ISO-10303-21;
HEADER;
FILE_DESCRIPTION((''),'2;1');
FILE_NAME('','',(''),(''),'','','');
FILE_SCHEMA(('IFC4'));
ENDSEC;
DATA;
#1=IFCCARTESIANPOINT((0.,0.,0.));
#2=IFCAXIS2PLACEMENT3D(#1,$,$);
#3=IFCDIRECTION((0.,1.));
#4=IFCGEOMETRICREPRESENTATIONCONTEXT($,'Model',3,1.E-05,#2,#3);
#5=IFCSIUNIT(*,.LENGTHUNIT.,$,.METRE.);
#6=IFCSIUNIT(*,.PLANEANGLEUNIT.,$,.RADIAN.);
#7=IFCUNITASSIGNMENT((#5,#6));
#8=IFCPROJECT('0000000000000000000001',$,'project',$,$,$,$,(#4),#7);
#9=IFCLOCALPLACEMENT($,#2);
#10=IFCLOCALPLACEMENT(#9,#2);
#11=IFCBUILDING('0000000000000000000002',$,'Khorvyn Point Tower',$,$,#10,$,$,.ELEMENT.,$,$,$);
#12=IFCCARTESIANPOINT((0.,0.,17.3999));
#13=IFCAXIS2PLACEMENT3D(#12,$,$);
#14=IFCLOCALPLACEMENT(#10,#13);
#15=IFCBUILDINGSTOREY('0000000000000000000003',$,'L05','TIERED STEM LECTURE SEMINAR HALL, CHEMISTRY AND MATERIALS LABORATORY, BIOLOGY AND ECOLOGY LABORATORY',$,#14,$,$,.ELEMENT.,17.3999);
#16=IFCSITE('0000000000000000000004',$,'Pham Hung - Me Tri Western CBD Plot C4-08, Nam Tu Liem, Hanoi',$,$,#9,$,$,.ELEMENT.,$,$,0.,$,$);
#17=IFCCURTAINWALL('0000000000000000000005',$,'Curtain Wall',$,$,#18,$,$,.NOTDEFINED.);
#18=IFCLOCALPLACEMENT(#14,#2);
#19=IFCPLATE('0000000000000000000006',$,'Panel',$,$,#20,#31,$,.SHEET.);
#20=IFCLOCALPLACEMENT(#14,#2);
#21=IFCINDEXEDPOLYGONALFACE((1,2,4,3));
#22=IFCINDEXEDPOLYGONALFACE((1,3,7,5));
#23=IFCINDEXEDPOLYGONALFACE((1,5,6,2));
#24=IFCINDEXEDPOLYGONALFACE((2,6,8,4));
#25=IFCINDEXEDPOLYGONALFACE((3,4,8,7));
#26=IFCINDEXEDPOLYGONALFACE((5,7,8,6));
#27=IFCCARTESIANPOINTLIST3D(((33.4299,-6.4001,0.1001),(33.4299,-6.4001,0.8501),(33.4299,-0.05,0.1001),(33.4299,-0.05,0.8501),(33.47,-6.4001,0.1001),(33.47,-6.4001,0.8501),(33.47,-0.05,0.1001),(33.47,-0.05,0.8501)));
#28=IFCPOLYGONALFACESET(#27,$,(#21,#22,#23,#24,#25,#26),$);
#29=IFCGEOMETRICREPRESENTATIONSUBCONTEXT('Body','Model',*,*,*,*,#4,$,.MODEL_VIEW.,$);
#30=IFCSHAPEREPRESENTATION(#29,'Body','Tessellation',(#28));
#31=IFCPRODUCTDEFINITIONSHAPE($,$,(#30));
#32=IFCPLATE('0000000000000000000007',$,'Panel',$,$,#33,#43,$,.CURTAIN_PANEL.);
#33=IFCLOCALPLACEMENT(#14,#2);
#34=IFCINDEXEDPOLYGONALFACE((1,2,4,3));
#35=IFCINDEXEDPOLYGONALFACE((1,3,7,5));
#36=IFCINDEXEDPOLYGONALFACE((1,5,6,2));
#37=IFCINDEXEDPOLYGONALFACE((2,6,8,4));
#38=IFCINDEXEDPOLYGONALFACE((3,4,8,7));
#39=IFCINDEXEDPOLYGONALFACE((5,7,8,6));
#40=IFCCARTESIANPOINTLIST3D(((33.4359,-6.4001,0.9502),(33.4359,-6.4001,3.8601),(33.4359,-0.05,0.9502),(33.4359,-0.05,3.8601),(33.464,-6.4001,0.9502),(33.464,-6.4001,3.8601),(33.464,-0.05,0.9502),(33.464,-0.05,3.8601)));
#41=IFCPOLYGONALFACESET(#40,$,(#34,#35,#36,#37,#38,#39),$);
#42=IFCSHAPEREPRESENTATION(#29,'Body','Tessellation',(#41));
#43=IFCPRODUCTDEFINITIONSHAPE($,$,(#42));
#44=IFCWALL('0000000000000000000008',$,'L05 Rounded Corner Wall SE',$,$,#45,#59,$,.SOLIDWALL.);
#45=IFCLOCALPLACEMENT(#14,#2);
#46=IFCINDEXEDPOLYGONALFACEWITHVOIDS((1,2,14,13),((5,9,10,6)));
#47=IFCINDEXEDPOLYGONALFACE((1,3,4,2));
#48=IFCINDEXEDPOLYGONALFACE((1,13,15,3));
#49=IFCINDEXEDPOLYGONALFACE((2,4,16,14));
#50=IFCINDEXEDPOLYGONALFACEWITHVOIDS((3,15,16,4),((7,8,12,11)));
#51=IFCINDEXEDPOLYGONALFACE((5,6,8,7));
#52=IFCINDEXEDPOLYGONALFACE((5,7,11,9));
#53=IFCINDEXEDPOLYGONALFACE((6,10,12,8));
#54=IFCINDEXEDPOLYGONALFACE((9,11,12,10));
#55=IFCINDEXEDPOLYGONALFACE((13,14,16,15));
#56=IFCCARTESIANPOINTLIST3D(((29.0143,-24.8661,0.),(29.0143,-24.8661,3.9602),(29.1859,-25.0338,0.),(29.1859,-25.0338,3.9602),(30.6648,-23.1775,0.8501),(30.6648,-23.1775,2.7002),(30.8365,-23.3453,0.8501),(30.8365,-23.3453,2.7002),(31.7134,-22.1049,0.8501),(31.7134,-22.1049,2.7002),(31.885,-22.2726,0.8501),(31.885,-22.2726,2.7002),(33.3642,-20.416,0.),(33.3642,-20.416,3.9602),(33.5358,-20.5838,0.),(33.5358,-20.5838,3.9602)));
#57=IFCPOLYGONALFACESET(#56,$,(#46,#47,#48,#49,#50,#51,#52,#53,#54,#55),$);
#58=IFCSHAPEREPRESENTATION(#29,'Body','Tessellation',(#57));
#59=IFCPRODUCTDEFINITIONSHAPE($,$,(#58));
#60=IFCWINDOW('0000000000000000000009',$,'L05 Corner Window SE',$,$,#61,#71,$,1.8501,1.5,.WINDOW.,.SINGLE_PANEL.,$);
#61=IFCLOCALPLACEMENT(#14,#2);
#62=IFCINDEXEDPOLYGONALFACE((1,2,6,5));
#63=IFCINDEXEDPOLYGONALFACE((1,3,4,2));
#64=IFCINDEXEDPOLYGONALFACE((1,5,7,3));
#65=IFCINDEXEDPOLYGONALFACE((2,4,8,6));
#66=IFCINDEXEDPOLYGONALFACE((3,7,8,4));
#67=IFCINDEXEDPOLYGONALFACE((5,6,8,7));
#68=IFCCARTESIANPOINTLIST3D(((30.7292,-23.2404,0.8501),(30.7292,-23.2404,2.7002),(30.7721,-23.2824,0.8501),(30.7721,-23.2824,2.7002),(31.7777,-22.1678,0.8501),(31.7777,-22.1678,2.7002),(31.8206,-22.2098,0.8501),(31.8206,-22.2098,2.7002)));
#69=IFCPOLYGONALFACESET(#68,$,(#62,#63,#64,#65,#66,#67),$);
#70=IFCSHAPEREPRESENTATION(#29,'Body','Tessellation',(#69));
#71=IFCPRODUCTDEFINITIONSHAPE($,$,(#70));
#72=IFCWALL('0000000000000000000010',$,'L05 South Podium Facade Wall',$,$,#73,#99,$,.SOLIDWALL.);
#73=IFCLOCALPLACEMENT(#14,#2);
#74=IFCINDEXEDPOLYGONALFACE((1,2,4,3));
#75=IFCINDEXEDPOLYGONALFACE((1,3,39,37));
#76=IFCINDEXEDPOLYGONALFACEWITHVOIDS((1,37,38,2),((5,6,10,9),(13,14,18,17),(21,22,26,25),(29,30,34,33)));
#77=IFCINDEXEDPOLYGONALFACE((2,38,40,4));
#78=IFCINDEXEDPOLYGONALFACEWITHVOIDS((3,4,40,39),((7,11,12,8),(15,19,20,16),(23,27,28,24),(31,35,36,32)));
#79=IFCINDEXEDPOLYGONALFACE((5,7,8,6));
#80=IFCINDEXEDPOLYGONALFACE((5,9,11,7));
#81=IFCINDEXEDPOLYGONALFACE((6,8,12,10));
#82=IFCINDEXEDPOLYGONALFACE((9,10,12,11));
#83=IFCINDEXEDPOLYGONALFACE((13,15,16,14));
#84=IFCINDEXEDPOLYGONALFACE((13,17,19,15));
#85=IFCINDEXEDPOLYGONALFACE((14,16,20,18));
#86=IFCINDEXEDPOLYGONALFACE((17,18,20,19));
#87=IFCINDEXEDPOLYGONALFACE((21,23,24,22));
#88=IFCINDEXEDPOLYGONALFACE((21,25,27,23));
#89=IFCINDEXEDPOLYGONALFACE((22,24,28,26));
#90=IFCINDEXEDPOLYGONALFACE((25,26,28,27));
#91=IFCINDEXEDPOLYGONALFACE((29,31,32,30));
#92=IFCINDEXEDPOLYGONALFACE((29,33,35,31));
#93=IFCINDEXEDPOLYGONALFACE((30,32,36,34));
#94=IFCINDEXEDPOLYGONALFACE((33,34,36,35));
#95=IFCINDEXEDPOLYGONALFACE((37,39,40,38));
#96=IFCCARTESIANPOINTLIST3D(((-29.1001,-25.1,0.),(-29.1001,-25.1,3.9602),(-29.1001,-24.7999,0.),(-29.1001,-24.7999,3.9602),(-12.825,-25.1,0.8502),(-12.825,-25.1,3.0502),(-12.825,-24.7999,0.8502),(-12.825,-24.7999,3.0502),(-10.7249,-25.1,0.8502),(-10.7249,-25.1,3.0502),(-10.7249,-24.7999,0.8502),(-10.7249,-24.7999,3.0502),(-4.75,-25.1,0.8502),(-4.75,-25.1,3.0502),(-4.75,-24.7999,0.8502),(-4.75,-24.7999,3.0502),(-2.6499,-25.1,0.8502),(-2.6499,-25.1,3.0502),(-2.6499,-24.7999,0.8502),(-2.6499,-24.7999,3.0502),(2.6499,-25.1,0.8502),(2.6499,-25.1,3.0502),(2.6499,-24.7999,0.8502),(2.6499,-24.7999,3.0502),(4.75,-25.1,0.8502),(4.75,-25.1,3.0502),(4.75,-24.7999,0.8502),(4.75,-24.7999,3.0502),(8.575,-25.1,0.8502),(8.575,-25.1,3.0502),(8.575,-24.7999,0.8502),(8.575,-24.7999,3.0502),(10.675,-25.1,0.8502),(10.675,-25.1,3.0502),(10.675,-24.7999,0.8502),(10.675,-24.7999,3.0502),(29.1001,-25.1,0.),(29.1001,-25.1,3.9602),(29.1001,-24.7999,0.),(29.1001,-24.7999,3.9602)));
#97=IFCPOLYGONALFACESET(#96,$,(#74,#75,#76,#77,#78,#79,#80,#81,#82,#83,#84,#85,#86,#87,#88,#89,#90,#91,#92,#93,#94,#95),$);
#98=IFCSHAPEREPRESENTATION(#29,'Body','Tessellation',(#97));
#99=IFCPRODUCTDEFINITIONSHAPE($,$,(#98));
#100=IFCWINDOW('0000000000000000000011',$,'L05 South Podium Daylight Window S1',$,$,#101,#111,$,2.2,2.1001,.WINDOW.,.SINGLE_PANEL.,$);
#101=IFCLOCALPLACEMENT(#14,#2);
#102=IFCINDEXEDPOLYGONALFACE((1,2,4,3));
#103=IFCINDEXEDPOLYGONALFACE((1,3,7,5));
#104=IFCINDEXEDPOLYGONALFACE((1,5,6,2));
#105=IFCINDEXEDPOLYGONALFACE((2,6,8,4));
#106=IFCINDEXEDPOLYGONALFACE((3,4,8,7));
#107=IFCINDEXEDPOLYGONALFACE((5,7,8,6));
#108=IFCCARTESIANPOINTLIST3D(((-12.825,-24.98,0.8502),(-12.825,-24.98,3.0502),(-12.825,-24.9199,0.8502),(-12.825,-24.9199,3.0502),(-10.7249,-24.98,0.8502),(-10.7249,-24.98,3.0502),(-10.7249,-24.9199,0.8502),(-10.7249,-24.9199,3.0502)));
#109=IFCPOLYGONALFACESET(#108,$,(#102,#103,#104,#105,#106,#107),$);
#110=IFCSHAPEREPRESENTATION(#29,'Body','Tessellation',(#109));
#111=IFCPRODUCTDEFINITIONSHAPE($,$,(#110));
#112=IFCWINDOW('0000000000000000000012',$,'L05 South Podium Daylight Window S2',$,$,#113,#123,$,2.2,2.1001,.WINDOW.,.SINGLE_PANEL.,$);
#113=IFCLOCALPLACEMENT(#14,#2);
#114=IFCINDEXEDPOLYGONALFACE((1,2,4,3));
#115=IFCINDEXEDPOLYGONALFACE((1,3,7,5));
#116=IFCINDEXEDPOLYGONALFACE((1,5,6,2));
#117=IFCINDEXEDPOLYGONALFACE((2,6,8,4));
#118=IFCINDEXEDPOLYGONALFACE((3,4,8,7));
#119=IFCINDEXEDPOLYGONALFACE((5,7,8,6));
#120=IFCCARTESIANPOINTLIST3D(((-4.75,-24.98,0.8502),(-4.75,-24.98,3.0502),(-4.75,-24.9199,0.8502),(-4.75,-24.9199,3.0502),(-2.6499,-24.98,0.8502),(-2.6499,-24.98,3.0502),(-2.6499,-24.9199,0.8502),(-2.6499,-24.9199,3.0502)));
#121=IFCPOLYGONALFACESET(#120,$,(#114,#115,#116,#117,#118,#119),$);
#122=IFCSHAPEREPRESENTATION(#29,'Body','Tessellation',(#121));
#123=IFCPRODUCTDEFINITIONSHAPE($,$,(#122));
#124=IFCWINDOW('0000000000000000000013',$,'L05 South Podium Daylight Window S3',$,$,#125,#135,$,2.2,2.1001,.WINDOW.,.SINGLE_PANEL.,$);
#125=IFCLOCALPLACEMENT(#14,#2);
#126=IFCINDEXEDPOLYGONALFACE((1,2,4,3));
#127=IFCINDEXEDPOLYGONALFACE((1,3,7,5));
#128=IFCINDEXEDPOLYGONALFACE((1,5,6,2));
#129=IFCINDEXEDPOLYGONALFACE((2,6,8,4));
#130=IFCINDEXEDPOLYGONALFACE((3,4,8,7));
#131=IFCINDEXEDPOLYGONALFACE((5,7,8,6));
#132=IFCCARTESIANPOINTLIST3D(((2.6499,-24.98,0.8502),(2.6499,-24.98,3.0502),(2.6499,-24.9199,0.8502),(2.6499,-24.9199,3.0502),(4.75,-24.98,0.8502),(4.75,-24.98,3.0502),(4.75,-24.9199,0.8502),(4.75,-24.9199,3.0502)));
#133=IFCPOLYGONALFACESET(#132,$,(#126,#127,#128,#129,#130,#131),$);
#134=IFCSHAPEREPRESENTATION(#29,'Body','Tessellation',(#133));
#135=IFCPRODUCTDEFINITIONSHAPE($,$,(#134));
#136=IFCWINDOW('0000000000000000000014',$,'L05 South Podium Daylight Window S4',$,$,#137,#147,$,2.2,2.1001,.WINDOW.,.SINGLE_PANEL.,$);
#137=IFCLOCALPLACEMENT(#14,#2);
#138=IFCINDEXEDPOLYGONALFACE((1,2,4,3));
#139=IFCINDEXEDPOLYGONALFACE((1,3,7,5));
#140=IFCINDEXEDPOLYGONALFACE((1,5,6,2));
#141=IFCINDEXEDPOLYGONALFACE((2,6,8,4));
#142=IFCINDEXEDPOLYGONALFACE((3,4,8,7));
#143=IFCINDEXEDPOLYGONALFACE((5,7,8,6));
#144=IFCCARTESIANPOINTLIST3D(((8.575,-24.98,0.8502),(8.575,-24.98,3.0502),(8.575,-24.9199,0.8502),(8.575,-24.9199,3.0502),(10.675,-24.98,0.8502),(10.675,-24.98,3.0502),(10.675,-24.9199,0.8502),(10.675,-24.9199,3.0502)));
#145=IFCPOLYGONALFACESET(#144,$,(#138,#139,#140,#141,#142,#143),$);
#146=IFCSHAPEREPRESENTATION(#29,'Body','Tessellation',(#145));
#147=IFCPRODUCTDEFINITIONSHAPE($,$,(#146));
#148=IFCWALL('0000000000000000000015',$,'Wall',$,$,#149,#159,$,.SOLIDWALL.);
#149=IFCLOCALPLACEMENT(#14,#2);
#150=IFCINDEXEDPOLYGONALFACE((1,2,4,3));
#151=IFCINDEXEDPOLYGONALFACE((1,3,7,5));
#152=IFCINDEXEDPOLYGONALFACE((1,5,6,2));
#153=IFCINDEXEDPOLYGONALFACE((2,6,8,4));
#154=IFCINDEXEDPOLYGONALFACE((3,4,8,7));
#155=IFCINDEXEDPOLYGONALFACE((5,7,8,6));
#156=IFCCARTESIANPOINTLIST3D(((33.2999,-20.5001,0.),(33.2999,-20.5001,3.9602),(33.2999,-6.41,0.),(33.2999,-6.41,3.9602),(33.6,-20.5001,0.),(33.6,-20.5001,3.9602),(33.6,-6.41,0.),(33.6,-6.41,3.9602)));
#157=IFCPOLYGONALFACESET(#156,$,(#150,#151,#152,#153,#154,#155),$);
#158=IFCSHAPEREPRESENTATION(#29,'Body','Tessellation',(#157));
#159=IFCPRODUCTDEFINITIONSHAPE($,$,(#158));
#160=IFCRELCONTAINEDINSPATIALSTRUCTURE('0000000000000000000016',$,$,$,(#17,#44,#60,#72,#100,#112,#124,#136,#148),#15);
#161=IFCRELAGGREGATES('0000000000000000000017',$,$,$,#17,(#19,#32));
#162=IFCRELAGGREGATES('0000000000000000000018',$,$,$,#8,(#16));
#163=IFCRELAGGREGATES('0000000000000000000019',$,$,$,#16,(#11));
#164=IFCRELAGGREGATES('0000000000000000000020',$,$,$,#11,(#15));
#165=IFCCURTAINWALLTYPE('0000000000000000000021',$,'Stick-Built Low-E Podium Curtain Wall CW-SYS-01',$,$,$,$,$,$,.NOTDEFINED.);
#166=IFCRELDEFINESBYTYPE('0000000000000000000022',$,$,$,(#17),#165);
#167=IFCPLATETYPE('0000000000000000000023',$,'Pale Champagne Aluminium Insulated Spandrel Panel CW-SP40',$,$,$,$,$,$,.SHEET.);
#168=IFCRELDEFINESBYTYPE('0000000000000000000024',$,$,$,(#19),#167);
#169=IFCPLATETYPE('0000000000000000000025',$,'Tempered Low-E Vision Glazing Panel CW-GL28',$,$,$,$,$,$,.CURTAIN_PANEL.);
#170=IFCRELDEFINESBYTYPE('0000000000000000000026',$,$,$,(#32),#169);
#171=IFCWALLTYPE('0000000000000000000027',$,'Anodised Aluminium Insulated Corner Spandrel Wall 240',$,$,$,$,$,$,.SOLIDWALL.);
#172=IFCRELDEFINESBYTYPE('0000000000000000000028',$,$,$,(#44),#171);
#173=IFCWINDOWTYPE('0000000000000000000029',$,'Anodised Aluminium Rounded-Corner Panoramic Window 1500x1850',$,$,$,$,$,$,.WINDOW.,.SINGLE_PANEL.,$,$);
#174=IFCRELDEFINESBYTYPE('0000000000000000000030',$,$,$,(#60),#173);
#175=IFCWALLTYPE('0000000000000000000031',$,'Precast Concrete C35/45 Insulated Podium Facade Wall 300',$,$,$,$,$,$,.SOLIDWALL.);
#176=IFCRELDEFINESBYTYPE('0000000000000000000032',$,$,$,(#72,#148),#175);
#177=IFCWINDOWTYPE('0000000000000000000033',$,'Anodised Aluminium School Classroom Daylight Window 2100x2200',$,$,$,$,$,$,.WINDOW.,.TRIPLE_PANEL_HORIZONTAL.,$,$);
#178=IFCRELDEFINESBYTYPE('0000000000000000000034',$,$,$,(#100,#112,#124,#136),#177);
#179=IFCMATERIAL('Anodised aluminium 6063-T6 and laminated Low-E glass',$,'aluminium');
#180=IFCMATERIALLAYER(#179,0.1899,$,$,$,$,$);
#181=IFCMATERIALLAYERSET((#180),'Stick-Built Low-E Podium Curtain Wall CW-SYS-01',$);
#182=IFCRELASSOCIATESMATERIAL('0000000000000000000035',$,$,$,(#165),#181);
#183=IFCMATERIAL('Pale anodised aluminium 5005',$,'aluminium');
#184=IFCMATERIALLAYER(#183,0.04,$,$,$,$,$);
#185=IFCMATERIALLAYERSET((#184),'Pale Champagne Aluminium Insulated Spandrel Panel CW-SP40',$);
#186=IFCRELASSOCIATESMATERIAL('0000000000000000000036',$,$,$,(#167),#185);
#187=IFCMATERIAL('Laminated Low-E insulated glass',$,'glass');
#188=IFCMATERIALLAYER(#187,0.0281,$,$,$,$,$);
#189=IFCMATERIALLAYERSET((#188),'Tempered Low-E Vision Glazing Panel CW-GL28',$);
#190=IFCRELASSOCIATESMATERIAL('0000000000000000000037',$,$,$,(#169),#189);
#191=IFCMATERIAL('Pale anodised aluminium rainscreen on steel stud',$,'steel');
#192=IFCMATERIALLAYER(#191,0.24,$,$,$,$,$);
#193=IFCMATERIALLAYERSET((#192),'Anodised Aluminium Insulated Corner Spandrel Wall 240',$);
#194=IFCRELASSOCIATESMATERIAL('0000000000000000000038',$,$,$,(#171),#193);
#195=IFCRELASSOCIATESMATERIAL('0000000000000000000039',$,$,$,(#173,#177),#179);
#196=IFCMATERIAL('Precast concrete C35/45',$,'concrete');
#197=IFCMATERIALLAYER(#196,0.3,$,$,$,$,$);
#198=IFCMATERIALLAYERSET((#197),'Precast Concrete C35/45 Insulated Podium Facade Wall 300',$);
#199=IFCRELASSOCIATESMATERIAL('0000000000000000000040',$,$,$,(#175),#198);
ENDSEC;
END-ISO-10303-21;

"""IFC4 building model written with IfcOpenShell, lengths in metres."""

from ifc_helpers import new_model, si_unit, direction, frame, frame_2d, origin, origin_2d, place, context, subcontext, project, spatial, rectangle, extrude, material, layer, layer_set, type_object, element, fill, aggregate, save


model = new_model("IFC4")

# Units and contexts
model_context = context("Model", 3, precision=1e-05, world=origin(), true_north=direction((0.0, 1.0)))
body_context = subcontext(model_context, "Body", "Model", "MODEL_VIEW")
ifc_project = project(units=[si_unit("LENGTHUNIT", "METRE"), si_unit("PLANEANGLEUNIT", "RADIAN")], contexts=[model_context])

# Site, building, storey
site_placement = place(None, origin())
site = spatial("IfcSite", under=ifc_project, at=site_placement, Name="Pham Hung - Me Tri Western CBD Plot C4-08, Nam Tu Liem, Hanoi", CompositionType="ELEMENT", RefElevation=0.0)
building_placement = place(site_placement, origin())
building = spatial("IfcBuilding", under=site, at=building_placement, Name="Khorvyn Point Tower", CompositionType="ELEMENT")
storey_placement = place(building_placement, frame((0.0, 0.0, 17.3999)))
storey = spatial("IfcBuildingStorey", under=building, at=storey_placement, Name="L05", Description="TIERED STEM LECTURE SEMINAR HALL, CHEMISTRY AND MATERIALS LABORATORY, BIOLOGY AND ECOLOGY LABORATORY", CompositionType="ELEMENT", Elevation=17.3999)

# Curtain wall
ifc_material_1 = material(Name="Anodised aluminium 6063-T6 and laminated Low-E glass", Category="aluminium")
ifc_layer_1 = layer(ifc_material_1, 0.1899)
ifc_layer_set_1 = layer_set([ifc_layer_1], Name="Stick-Built Low-E Podium Curtain Wall CW-SYS-01")
curtain_wall_type = type_object("IfcCurtainWallType", Name="Stick-Built Low-E Podium Curtain Wall CW-SYS-01", PredefinedType="NOTDEFINED", material=ifc_layer_set_1)
curtain_wall_placement = place(storey_placement, origin())
curtain_wall = element("IfcCurtainWall", 1, at=curtain_wall_placement, inside=storey, type_object=curtain_wall_type, Name="Curtain Wall", PredefinedType="NOTDEFINED")

# Plates
ifc_material_2 = material(Name="Pale anodised aluminium 5005", Category="aluminium")
ifc_layer_2 = layer(ifc_material_2, 0.04)
ifc_layer_set_2 = layer_set([ifc_layer_2], Name="Pale Champagne Aluminium Insulated Spandrel Panel CW-SP40")
plate_type_1 = type_object("IfcPlateType", Name="Pale Champagne Aluminium Insulated Spandrel Panel CW-SP40", PredefinedType="SHEET", material=ifc_layer_set_2)
plate_1_placement = place(storey_placement, frame((33.45, -3.2251, 0.1001), z_axis=(0.0, 0.0, 1.0), x_axis=(0.0, 1.0, 0.0)))
plate_1 = element("IfcPlate", 2, at=plate_1_placement, type_object=plate_type_1, Name="Panel", PredefinedType="SHEET", context=body_context, shape_type="SweptSolid", body=[
    extrude(rectangle(XDim=6.3501, YDim=0.04, at=origin_2d()), origin(), (0.0, 0.0, 1.0), 0.75),
])
ifc_material_3 = material(Name="Laminated Low-E insulated glass", Category="glass")
ifc_layer_3 = layer(ifc_material_3, 0.0281)
ifc_layer_set_3 = layer_set([ifc_layer_3], Name="Tempered Low-E Vision Glazing Panel CW-GL28")
plate_type_2 = type_object("IfcPlateType", Name="Tempered Low-E Vision Glazing Panel CW-GL28", PredefinedType="CURTAIN_PANEL", material=ifc_layer_set_3)
plate_2_placement = place(storey_placement, frame((33.45, -3.2251, 0.9502), z_axis=(0.0, 0.0, 1.0), x_axis=(0.0, 1.0, 0.0)))
plate_2 = element("IfcPlate", 3, at=plate_2_placement, type_object=plate_type_2, Name="Panel", PredefinedType="CURTAIN_PANEL", context=body_context, shape_type="SweptSolid", body=[
    extrude(rectangle(XDim=6.3501, YDim=0.0281, at=origin_2d()), origin(), (0.0, 0.0, 1.0), 2.9099),
])
aggregate(curtain_wall, [plate_1, plate_2])

# Wall, opening, window
ifc_material_4 = material(Name="Pale anodised aluminium rainscreen on steel stud", Category="steel")
ifc_layer_4 = layer(ifc_material_4, 0.24)
ifc_layer_set_4 = layer_set([ifc_layer_4], Name="Anodised Aluminium Insulated Corner Spandrel Wall 240")
wall_type_1 = type_object("IfcWallType", Name="Anodised Aluminium Insulated Corner Spandrel Wall 240", PredefinedType="SOLIDWALL", material=ifc_layer_set_4)
wall_1_placement = place(storey_placement, frame((33.45, -20.5, 0.0), z_axis=(0.0, 0.0, 1.0), x_axis=(-0.699018, -0.715104, 0.0)))
wall_1 = element("IfcWall", 4, at=wall_1_placement, inside=storey, type_object=wall_type_1, Name="L05 Rounded Corner Wall SE", PredefinedType="SOLIDWALL", context=body_context, shape_type="SweptSolid", body=[
    extrude(rectangle(XDim=6.2229, YDim=0.24, at=frame_2d((3.1113, 0.0))), origin(), (0.0, 0.0, 1.0), 3.9602),
])
opening_1_placement = place(wall_1_placement, frame((2.3616, 0.0, 0.8501)))
opening_1 = element("IfcOpeningElement", 5, at=opening_1_placement, cuts=wall_1, PredefinedType="OPENING", context=body_context, shape_type="SweptSolid", body=[
    extrude(rectangle(XDim=1.5, YDim=1.8501, at=frame_2d((0.75, 0.925))), frame((0.0, 0.1299, 0.0), z_axis=(0.0, -1.0, 0.0), x_axis=(1.0, 0.0, 0.0)), (0.0, 0.0, 1.0), 0.26),
])
window_type_1 = type_object("IfcWindowType", Name="Anodised Aluminium Rounded-Corner Panoramic Window 1500x1850", PartitioningType="SINGLE_PANEL", PredefinedType="WINDOW", material=ifc_material_1)
window_1_placement = place(opening_1_placement, origin())
window_1 = element("IfcWindow", 6, at=window_1_placement, inside=storey, type_object=window_type_1, Name="L05 Corner Window SE", OverallHeight=1.8501, OverallWidth=1.5, PartitioningType="SINGLE_PANEL", PredefinedType="WINDOW", context=body_context, shape_type="SweptSolid", body=[
    extrude(rectangle(XDim=1.5, YDim=1.8501, at=frame_2d((0.75, 0.925))), frame((0.0, 0.03, 0.0), z_axis=(0.0, -1.0, 0.0), x_axis=(1.0, 0.0, 0.0)), (0.0, 0.0, 1.0), 0.0601),
])
fill(opening_1, window_1)

# Wall, openings, windows
ifc_material_5 = material(Name="Precast concrete C35/45", Category="concrete")
ifc_layer_5 = layer(ifc_material_5, 0.3)
ifc_layer_set_5 = layer_set([ifc_layer_5], Name="Precast Concrete C35/45 Insulated Podium Facade Wall 300")
wall_type_2 = type_object("IfcWallType", Name="Precast Concrete C35/45 Insulated Podium Facade Wall 300", PredefinedType="SOLIDWALL", material=ifc_layer_set_5)
wall_2_placement = place(storey_placement, frame((29.1001, -24.95, 0.0), z_axis=(0.0, 0.0, 1.0), x_axis=(-1.0, 0.0, 0.0)))
wall_2 = element("IfcWall", 7, at=wall_2_placement, inside=storey, type_object=wall_type_2, Name="L05 South Podium Facade Wall", PredefinedType="SOLIDWALL", context=body_context, shape_type="SweptSolid", body=[
    extrude(rectangle(XDim=58.2002, YDim=0.3, at=frame_2d((29.1001, 0.0))), origin(), (0.0, 0.0, 1.0), 3.9602),
])
opening_2_placement = place(wall_2_placement, frame((39.825, 0.0, 0.8501)))
opening_2 = element("IfcOpeningElement", 8, at=opening_2_placement, cuts=wall_2, PredefinedType="OPENING", context=body_context, shape_type="SweptSolid", body=[
    extrude(rectangle(XDim=2.1001, YDim=2.2, at=frame_2d((1.05, 1.1001))), frame((0.0, 0.1599, 0.0), z_axis=(0.0, -1.0, 0.0), x_axis=(1.0, 0.0, 0.0)), (0.0, 0.0, 1.0), 0.3201),
])
opening_3_placement = place(wall_2_placement, frame((31.75, 0.0, 0.8501)))
opening_3 = element("IfcOpeningElement", 9, at=opening_3_placement, cuts=wall_2, PredefinedType="OPENING", context=body_context, shape_type="SweptSolid", body=[
    extrude(rectangle(XDim=2.1001, YDim=2.2, at=frame_2d((1.05, 1.1001))), frame((0.0, 0.1599, 0.0), z_axis=(0.0, -1.0, 0.0), x_axis=(1.0, 0.0, 0.0)), (0.0, 0.0, 1.0), 0.3201),
])
opening_4_placement = place(wall_2_placement, frame((24.3501, 0.0, 0.8501)))
opening_4 = element("IfcOpeningElement", 10, at=opening_4_placement, cuts=wall_2, PredefinedType="OPENING", context=body_context, shape_type="SweptSolid", body=[
    extrude(rectangle(XDim=2.1001, YDim=2.2, at=frame_2d((1.05, 1.1001))), frame((0.0, 0.1599, 0.0), z_axis=(0.0, -1.0, 0.0), x_axis=(1.0, 0.0, 0.0)), (0.0, 0.0, 1.0), 0.3201),
])
opening_5_placement = place(wall_2_placement, frame((18.425, 0.0, 0.8501)))
opening_5 = element("IfcOpeningElement", 11, at=opening_5_placement, cuts=wall_2, PredefinedType="OPENING", context=body_context, shape_type="SweptSolid", body=[
    extrude(rectangle(XDim=2.1001, YDim=2.2, at=frame_2d((1.05, 1.1001))), frame((0.0, 0.1599, 0.0), z_axis=(0.0, -1.0, 0.0), x_axis=(1.0, 0.0, 0.0)), (0.0, 0.0, 1.0), 0.3201),
])
window_type_2 = type_object("IfcWindowType", Name="Anodised Aluminium School Classroom Daylight Window 2100x2200", PartitioningType="TRIPLE_PANEL_HORIZONTAL", PredefinedType="WINDOW", material=ifc_material_1)
window_2_placement = place(opening_2_placement, origin())
window_2 = element("IfcWindow", 12, at=window_2_placement, inside=storey, type_object=window_type_2, Name="L05 South Podium Daylight Window S1", OverallHeight=2.2, OverallWidth=2.1001, PartitioningType="SINGLE_PANEL", PredefinedType="WINDOW", context=body_context, shape_type="SweptSolid", body=[
    extrude(rectangle(XDim=2.1001, YDim=2.2, at=frame_2d((1.05, 1.1001))), frame((0.0, 0.03, 0.0), z_axis=(0.0, -1.0, 0.0), x_axis=(1.0, 0.0, 0.0)), (0.0, 0.0, 1.0), 0.0601),
])
fill(opening_2, window_2)
window_3_placement = place(opening_3_placement, origin())
window_3 = element("IfcWindow", 13, at=window_3_placement, inside=storey, type_object=window_type_2, Name="L05 South Podium Daylight Window S2", OverallHeight=2.2, OverallWidth=2.1001, PartitioningType="SINGLE_PANEL", PredefinedType="WINDOW", context=body_context, shape_type="SweptSolid", body=[
    extrude(rectangle(XDim=2.1001, YDim=2.2, at=frame_2d((1.05, 1.1001))), frame((0.0, 0.03, 0.0), z_axis=(0.0, -1.0, 0.0), x_axis=(1.0, 0.0, 0.0)), (0.0, 0.0, 1.0), 0.0601),
])
fill(opening_3, window_3)
window_4_placement = place(opening_4_placement, origin())
window_4 = element("IfcWindow", 14, at=window_4_placement, inside=storey, type_object=window_type_2, Name="L05 South Podium Daylight Window S3", OverallHeight=2.2, OverallWidth=2.1001, PartitioningType="SINGLE_PANEL", PredefinedType="WINDOW", context=body_context, shape_type="SweptSolid", body=[
    extrude(rectangle(XDim=2.1001, YDim=2.2, at=frame_2d((1.05, 1.1001))), frame((0.0, 0.03, 0.0), z_axis=(0.0, -1.0, 0.0), x_axis=(1.0, 0.0, 0.0)), (0.0, 0.0, 1.0), 0.0601),
])
fill(opening_4, window_4)
window_5_placement = place(opening_5_placement, origin())
window_5 = element("IfcWindow", 15, at=window_5_placement, inside=storey, type_object=window_type_2, Name="L05 South Podium Daylight Window S4", OverallHeight=2.2, OverallWidth=2.1001, PartitioningType="SINGLE_PANEL", PredefinedType="WINDOW", context=body_context, shape_type="SweptSolid", body=[
    extrude(rectangle(XDim=2.1001, YDim=2.2, at=frame_2d((1.05, 1.1001))), frame((0.0, 0.03, 0.0), z_axis=(0.0, -1.0, 0.0), x_axis=(1.0, 0.0, 0.0)), (0.0, 0.0, 1.0), 0.0601),
])
fill(opening_5, window_5)

# Wall
wall_3_placement = place(storey_placement, frame((33.45, -20.5, 0.0), z_axis=(0.0, 0.0, 1.0), x_axis=(0.0, 1.0, 0.0)))
element("IfcWall", 16, at=wall_3_placement, inside=storey, type_object=wall_type_2, Name="Wall", PredefinedType="SOLIDWALL", context=body_context, shape_type="SweptSolid", body=[
    extrude(rectangle(XDim=14.0901, YDim=0.3, at=frame_2d((7.0449, 0.0))), origin(), (0.0, 0.0, 1.0), 3.9602),
])

save(model, "model.ifc")
